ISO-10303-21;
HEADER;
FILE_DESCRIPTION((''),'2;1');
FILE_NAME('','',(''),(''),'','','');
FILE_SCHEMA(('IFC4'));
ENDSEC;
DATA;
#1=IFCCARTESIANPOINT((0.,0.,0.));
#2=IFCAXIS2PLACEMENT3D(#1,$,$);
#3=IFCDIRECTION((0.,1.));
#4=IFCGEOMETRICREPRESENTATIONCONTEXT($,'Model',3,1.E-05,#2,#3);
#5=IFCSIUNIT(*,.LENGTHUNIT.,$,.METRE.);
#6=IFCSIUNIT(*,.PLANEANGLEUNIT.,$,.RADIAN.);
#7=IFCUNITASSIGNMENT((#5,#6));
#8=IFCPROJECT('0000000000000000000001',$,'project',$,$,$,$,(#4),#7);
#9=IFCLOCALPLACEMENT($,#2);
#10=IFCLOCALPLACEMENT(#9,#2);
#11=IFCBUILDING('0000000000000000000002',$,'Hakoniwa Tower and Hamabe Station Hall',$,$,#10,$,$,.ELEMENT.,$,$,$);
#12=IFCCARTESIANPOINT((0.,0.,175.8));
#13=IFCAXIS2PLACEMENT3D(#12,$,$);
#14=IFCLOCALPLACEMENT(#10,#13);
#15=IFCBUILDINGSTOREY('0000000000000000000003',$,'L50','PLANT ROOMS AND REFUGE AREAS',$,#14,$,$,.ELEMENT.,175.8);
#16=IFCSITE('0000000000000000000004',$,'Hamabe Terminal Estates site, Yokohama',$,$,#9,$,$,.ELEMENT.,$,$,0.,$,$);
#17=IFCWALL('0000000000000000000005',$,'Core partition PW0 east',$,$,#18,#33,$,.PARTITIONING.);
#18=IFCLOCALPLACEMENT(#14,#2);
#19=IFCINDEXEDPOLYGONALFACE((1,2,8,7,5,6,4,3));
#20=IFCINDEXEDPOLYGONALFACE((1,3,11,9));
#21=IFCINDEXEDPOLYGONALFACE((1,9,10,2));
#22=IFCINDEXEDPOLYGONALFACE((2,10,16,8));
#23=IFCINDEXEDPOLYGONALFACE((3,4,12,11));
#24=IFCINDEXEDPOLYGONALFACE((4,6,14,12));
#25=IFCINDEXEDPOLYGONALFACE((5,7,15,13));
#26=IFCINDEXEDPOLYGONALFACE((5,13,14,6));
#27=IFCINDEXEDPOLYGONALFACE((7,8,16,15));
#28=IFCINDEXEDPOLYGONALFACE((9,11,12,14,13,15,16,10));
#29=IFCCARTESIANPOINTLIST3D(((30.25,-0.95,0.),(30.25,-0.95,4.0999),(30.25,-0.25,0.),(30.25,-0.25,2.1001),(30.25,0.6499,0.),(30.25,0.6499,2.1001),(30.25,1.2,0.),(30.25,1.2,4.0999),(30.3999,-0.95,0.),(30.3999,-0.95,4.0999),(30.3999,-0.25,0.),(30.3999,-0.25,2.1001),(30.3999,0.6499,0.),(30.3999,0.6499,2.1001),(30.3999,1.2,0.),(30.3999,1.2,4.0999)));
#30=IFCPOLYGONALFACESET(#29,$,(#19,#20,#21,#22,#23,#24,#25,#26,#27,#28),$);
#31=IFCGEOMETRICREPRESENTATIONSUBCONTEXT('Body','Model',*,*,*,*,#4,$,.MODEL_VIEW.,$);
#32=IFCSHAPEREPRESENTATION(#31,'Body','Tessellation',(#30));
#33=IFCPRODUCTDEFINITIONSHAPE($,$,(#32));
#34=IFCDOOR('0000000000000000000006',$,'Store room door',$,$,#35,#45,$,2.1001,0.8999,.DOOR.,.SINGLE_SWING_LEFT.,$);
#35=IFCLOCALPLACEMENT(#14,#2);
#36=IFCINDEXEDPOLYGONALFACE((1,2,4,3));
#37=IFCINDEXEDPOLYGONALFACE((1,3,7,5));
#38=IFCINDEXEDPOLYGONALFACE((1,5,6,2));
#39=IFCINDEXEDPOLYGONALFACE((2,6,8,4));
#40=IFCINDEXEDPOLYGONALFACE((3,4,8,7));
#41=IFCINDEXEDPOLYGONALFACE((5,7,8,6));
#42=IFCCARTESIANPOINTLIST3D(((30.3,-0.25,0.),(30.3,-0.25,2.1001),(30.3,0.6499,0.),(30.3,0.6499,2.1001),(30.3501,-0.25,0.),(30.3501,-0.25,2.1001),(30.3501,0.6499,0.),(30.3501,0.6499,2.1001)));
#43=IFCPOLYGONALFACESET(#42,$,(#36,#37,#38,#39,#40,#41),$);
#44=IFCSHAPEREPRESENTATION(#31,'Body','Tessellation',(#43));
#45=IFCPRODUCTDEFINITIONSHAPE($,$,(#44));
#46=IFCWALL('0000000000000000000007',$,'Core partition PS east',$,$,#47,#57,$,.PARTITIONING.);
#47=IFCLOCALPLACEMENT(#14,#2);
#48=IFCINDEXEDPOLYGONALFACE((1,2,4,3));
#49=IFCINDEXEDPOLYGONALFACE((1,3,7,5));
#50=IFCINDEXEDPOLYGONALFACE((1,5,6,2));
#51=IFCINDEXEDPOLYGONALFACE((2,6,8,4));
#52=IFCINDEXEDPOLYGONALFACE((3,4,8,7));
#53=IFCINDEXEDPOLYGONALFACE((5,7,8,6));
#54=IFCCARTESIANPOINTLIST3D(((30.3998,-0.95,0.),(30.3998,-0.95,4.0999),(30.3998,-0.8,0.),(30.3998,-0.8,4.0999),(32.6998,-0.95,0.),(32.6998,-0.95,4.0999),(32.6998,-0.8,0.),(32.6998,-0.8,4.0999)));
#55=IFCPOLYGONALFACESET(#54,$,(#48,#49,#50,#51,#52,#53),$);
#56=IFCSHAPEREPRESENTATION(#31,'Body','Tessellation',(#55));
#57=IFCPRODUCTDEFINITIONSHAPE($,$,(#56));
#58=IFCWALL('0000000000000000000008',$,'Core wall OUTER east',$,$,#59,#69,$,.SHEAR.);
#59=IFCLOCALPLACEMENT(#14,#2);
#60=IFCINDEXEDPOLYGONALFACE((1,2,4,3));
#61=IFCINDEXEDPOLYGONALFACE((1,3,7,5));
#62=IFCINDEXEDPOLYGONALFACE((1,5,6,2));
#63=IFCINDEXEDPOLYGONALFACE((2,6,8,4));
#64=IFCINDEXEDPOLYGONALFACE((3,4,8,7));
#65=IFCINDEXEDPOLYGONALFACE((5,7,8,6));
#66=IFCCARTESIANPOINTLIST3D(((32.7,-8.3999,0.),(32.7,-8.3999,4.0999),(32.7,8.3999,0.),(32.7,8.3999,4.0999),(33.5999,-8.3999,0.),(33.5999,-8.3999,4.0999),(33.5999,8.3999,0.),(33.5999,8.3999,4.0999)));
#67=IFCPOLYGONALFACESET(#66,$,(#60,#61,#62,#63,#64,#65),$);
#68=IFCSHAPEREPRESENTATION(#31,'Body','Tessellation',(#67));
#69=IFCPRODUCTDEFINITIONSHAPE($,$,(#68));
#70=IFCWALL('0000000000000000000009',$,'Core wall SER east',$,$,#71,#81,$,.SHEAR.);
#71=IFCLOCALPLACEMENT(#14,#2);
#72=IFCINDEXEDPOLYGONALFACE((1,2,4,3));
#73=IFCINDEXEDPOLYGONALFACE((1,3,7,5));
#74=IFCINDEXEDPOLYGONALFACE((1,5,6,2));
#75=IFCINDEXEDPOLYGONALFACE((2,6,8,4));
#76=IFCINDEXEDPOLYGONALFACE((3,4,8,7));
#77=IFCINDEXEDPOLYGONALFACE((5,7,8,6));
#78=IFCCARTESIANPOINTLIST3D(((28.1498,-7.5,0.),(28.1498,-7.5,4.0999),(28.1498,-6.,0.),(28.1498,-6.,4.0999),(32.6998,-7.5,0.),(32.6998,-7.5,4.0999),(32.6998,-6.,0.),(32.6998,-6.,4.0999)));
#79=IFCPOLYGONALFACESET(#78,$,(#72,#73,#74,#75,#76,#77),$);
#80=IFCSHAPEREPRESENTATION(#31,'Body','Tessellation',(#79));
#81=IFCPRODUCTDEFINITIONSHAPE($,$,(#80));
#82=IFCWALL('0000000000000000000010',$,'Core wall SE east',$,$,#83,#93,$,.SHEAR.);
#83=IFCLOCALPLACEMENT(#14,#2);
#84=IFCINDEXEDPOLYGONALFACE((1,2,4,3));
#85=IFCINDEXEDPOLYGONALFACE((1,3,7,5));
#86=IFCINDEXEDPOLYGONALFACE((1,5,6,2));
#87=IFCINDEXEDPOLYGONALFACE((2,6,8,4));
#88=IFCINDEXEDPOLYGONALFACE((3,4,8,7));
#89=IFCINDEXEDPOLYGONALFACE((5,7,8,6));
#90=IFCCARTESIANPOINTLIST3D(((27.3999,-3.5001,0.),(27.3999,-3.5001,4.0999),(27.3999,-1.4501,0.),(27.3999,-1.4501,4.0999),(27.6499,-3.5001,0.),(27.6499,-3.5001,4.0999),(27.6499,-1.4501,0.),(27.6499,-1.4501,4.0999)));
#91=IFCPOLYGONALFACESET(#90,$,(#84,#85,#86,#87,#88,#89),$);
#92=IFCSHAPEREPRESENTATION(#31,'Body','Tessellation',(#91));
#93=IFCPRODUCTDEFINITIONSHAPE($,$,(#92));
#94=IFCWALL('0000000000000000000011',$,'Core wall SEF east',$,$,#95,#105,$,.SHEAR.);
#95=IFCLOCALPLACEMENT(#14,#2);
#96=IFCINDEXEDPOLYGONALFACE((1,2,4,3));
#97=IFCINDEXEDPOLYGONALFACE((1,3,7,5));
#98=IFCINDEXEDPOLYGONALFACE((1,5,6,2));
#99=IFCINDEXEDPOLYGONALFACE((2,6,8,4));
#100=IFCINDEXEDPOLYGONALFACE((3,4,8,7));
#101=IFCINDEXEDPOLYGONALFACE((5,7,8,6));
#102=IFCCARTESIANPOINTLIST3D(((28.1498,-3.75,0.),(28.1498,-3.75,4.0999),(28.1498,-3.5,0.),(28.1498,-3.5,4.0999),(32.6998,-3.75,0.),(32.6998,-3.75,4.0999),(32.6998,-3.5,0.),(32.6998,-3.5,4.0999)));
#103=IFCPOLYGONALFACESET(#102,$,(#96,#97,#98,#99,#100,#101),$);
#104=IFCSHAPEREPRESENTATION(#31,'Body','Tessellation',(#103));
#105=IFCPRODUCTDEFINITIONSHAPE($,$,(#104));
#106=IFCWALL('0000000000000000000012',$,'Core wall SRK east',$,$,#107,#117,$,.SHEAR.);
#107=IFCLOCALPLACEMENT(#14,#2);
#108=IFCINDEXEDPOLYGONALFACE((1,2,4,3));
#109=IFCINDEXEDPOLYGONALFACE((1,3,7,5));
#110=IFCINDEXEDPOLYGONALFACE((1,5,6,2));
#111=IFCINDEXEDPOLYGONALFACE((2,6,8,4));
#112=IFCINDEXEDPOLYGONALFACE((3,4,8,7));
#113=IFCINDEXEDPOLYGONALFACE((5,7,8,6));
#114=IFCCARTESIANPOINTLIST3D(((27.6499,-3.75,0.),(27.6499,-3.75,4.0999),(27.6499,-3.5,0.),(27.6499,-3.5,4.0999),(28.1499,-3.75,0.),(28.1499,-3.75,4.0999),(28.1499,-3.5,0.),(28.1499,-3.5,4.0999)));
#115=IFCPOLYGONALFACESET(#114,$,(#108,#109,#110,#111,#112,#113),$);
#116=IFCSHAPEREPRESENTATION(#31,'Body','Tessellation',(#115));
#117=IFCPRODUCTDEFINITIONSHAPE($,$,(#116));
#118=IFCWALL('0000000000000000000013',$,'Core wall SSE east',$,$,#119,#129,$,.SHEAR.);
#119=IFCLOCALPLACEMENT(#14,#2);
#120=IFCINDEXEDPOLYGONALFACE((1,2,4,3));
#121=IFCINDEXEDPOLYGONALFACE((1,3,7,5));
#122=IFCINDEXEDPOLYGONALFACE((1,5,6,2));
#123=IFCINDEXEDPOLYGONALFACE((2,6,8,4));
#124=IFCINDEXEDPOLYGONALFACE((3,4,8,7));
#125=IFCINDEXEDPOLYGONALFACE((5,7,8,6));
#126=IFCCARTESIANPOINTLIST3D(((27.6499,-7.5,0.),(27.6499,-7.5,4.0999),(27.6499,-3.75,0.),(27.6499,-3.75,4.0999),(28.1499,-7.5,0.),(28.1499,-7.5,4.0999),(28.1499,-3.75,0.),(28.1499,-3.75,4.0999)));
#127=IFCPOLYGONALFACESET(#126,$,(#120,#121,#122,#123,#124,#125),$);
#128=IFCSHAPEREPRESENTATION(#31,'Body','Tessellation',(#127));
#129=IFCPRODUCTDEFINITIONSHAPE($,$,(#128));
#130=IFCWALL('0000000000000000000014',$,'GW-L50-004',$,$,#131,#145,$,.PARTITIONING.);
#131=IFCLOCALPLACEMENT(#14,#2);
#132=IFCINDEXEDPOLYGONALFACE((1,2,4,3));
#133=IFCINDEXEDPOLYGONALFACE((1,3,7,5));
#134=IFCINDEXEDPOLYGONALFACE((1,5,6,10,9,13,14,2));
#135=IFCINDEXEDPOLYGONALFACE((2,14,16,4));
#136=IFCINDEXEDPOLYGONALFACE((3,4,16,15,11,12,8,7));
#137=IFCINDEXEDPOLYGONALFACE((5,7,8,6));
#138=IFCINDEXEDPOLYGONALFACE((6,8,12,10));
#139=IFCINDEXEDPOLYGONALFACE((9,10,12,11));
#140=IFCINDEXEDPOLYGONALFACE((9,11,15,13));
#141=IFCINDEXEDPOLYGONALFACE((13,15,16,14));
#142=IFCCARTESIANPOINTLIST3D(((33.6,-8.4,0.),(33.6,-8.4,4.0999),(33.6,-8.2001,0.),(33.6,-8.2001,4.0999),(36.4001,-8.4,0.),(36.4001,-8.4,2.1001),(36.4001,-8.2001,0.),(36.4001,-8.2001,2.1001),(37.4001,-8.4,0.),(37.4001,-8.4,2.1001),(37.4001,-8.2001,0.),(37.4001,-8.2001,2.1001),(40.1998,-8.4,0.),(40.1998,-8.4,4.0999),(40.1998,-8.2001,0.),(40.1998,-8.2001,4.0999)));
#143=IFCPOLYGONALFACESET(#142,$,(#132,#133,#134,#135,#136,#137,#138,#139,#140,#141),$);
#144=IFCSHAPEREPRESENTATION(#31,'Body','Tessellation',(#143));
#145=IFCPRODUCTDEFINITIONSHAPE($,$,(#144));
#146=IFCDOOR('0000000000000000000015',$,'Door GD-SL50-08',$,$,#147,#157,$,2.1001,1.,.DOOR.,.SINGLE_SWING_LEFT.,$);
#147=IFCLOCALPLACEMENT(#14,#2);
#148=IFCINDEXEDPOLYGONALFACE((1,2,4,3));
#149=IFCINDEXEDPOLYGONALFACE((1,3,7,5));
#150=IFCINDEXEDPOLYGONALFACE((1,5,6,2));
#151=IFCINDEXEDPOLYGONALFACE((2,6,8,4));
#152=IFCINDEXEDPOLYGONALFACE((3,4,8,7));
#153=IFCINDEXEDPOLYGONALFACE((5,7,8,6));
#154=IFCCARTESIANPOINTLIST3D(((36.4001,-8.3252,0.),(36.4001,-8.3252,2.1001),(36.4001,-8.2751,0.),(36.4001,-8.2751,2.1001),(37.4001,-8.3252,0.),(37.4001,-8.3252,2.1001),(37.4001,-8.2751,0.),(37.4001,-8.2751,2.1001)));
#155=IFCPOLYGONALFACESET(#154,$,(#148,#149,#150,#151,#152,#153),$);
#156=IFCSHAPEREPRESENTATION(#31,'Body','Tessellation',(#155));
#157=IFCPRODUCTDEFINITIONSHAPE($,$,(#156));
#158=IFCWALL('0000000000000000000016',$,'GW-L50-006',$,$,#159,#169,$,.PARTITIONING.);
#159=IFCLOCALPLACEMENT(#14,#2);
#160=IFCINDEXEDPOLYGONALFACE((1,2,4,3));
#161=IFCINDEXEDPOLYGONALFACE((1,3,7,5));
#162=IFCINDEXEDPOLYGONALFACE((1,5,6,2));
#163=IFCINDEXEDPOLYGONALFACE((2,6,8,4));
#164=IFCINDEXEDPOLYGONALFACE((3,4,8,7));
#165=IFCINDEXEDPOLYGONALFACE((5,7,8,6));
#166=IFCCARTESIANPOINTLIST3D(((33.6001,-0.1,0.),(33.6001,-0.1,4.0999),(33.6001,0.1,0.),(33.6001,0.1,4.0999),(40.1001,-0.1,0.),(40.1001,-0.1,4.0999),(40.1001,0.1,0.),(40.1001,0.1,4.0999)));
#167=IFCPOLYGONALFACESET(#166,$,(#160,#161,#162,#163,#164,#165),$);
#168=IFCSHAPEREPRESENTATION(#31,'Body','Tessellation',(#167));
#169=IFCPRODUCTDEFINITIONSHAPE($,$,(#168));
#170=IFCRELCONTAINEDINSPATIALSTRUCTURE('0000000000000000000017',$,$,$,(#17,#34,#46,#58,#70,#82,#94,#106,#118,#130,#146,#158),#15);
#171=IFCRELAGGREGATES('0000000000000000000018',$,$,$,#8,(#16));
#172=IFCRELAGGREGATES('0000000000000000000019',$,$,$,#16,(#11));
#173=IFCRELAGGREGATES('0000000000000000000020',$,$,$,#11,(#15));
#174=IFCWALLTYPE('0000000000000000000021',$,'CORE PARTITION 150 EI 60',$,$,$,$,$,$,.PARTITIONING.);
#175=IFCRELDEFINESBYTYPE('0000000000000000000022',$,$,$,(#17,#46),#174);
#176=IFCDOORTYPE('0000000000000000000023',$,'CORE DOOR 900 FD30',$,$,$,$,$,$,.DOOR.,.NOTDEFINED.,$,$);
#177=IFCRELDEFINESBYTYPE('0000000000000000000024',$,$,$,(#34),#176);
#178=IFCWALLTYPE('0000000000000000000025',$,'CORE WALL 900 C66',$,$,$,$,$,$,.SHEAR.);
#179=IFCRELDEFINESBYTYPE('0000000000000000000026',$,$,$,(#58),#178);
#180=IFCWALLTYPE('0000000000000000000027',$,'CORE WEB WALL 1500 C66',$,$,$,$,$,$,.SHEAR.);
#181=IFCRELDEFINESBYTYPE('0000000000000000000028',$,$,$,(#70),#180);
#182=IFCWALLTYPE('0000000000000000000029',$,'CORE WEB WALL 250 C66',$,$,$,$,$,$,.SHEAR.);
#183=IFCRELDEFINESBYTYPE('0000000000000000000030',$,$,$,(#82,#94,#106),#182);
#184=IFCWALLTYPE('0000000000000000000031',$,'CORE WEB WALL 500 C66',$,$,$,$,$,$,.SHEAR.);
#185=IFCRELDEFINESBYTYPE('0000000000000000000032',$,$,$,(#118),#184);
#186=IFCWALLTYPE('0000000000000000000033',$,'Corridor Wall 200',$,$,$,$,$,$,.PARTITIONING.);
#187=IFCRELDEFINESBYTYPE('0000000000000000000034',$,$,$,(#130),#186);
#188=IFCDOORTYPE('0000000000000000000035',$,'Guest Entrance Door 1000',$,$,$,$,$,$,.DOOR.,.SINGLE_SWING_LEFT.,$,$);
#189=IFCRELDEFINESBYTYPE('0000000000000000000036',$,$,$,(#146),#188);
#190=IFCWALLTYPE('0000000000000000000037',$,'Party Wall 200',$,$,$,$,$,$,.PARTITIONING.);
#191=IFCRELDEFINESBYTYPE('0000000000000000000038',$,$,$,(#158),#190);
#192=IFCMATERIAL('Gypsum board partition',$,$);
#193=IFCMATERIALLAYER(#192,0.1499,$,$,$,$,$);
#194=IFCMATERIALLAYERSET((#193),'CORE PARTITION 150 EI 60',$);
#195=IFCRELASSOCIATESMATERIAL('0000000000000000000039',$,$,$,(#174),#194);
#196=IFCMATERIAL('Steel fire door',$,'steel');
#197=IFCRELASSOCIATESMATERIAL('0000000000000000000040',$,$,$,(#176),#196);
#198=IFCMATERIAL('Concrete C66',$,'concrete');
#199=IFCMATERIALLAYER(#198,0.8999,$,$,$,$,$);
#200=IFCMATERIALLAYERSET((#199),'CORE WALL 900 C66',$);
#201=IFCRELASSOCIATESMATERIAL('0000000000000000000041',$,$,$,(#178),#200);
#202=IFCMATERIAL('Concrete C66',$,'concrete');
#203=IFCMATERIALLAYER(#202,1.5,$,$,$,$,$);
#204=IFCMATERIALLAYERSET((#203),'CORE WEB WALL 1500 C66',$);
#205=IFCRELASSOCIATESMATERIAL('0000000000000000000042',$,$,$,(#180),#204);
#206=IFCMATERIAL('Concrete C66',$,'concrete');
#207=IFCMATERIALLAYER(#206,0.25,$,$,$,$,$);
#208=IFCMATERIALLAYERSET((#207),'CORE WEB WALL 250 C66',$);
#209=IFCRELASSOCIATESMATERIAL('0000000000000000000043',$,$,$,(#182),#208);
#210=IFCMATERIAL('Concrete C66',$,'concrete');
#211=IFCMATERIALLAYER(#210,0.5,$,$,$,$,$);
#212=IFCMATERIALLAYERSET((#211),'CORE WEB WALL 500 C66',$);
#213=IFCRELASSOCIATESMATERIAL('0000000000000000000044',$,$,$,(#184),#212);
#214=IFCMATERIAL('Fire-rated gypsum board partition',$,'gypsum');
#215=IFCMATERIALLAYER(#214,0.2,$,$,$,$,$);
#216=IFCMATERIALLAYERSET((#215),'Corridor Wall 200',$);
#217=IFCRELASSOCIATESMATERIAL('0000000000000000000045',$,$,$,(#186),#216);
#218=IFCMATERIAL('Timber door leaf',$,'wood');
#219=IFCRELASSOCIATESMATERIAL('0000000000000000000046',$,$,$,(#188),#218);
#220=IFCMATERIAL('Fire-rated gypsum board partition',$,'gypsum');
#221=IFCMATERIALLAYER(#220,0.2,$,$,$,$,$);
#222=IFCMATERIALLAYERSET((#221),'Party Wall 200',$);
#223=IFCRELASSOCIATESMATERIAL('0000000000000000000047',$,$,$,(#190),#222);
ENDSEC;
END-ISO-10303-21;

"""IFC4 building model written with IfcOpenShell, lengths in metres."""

from ifc_helpers import new_model, si_unit, direction, frame, frame_2d, origin, place, context, subcontext, project, spatial, rectangle, extrude, material, layer, layer_set, type_object, element, fill, save


model = new_model("IFC4")

# Units and contexts
model_context = context("Model", 3, precision=1e-05, world=origin(), true_north=direction((0.0, 1.0)))
body_context = subcontext(model_context, "Body", "Model", "MODEL_VIEW")
ifc_project = project(units=[si_unit("LENGTHUNIT", "METRE"), si_unit("PLANEANGLEUNIT", "RADIAN")], contexts=[model_context])

# Site, building, storey
site_placement = place(None, origin())
site = spatial("IfcSite", under=ifc_project, at=site_placement, Name="Hamabe Terminal Estates site, Yokohama", CompositionType="ELEMENT", RefElevation=0.0)
building_placement = place(site_placement, origin())
building = spatial("IfcBuilding", under=site, at=building_placement, Name="Hakoniwa Tower and Hamabe Station Hall", CompositionType="ELEMENT")
storey_placement = place(building_placement, frame((0.0, 0.0, 175.8)))
storey = spatial("IfcBuildingStorey", under=building, at=storey_placement, Name="L50", Description="PLANT ROOMS AND REFUGE AREAS", CompositionType="ELEMENT", Elevation=175.8)

# Wall, opening, door
ifc_material_1 = material(Name="Gypsum board partition")
ifc_layer_1 = layer(ifc_material_1, 0.1499)
ifc_layer_set_1 = layer_set([ifc_layer_1], Name="CORE PARTITION 150 EI 60")
wall_type_1 = type_object("IfcWallType", Name="CORE PARTITION 150 EI 60", PredefinedType="PARTITIONING", material=ifc_layer_set_1)
wall_1_placement = place(storey_placement, frame((30.325, -0.95, 0.0), z_axis=(0.0, 0.0, 1.0), x_axis=(0.0, 1.0, 0.0)))
wall_1 = element("IfcWall", 1, at=wall_1_placement, inside=storey, type_object=wall_type_1, Name="Core partition PW0 east", PredefinedType="PARTITIONING", context=body_context, shape_type="SweptSolid", body=[
    extrude(rectangle(XDim=2.1499, YDim=0.1499, at=frame_2d((1.075, 0.0))), origin(), (0.0, 0.0, 1.0), 4.0999),
])
opening_1_placement = place(wall_1_placement, frame((0.7, 0.0, 0.0)))
opening_1 = element("IfcOpeningElement", 2, at=opening_1_placement, cuts=wall_1, PredefinedType="OPENING", context=body_context, shape_type="SweptSolid", body=[
    extrude(rectangle(XDim=0.8999, YDim=2.1001, at=frame_2d((0.45, 1.05))), frame((0.0, 0.085, 0.0), z_axis=(0.0, -1.0, 0.0), x_axis=(1.0, 0.0, 0.0)), (0.0, 0.0, 1.0), 0.1699),
])
ifc_material_2 = material(Name="Steel fire door", Category="steel")
door_type_1 = type_object("IfcDoorType", Name="CORE DOOR 900 FD30", OperationType="NOTDEFINED", PredefinedType="DOOR", material=ifc_material_2)
door_1_placement = place(opening_1_placement, origin())
door_1 = element("IfcDoor", 3, at=door_1_placement, inside=storey, type_object=door_type_1, Name="Store room door", OperationType="SINGLE_SWING_LEFT", OverallHeight=2.1001, OverallWidth=0.8999, PredefinedType="DOOR", context=body_context, shape_type="SweptSolid", body=[
    extrude(rectangle(XDim=0.8999, YDim=2.1001, at=frame_2d((0.45, 1.05))), frame((0.0, 0.0249, 0.0), z_axis=(0.0, -1.0, 0.0), x_axis=(1.0, 0.0, 0.0)), (0.0, 0.0, 1.0), 0.05),
])
fill(opening_1, door_1)

# Walls
wall_2_placement = place(storey_placement, frame((30.3999, -0.875, 0.0), z_axis=(0.0, 0.0, 1.0), x_axis=(1.0, 0.0, 0.0)))
element("IfcWall", 4, at=wall_2_placement, inside=storey, type_object=wall_type_1, Name="Core partition PS east", PredefinedType="PARTITIONING", context=body_context, shape_type="SweptSolid", body=[
    extrude(rectangle(XDim=2.3, YDim=0.1499, at=frame_2d((1.1499, 0.0))), origin(), (0.0, 0.0, 1.0), 4.0999),
])
ifc_material_3 = material(Name="Concrete C66", Category="concrete")
ifc_layer_2 = layer(ifc_material_3, 0.8999)
ifc_layer_set_2 = layer_set([ifc_layer_2], Name="CORE WALL 900 C66")
wall_type_2 = type_object("IfcWallType", Name="CORE WALL 900 C66", PredefinedType="SHEAR", material=ifc_layer_set_2)
wall_3_placement = place(storey_placement, frame((33.1499, -8.3999, 0.0), z_axis=(0.0, 0.0, 1.0), x_axis=(0.0, 1.0, 0.0)))
element("IfcWall", 5, at=wall_3_placement, inside=storey, type_object=wall_type_2, Name="Core wall OUTER east", PredefinedType="SHEAR", context=body_context, shape_type="SweptSolid", body=[
    extrude(rectangle(XDim=16.7998, YDim=0.8999, at=frame_2d((8.3999, 0.0))), origin(), (0.0, 0.0, 1.0), 4.0999),
])
ifc_material_4 = material(Name="Concrete C66", Category="concrete")
ifc_layer_3 = layer(ifc_material_4, 1.5)
ifc_layer_set_3 = layer_set([ifc_layer_3], Name="CORE WEB WALL 1500 C66")
wall_type_3 = type_object("IfcWallType", Name="CORE WEB WALL 1500 C66", PredefinedType="SHEAR", material=ifc_layer_set_3)
wall_4_placement = place(storey_placement, frame((28.1499, -6.75, 0.0), z_axis=(0.0, 0.0, 1.0), x_axis=(1.0, 0.0, 0.0)))
element("IfcWall", 6, at=wall_4_placement, inside=storey, type_object=wall_type_3, Name="Core wall SER east", PredefinedType="SHEAR", context=body_context, shape_type="SweptSolid", body=[
    extrude(rectangle(XDim=4.55, YDim=1.5, at=frame_2d((2.2749, 0.0))), origin(), (0.0, 0.0, 1.0), 4.0999),
])
ifc_material_5 = material(Name="Concrete C66", Category="concrete")
ifc_layer_4 = layer(ifc_material_5, 0.25)
ifc_layer_set_4 = layer_set([ifc_layer_4], Name="CORE WEB WALL 250 C66")
wall_type_4 = type_object("IfcWallType", Name="CORE WEB WALL 250 C66", PredefinedType="SHEAR", material=ifc_layer_set_4)
wall_5_placement = place(storey_placement, frame((27.5249, -3.5, 0.0), z_axis=(0.0, 0.0, 1.0), x_axis=(0.0, 1.0, 0.0)))
element("IfcWall", 7, at=wall_5_placement, inside=storey, type_object=wall_type_4, Name="Core wall SE east", PredefinedType="SHEAR", context=body_context, shape_type="SweptSolid", body=[
    extrude(rectangle(XDim=2.05, YDim=0.25, at=frame_2d((1.0249, 0.0))), origin(), (0.0, 0.0, 1.0), 4.0999),
])
wall_6_placement = place(storey_placement, frame((28.1499, -3.625, 0.0), z_axis=(0.0, 0.0, 1.0), x_axis=(1.0, 0.0, 0.0)))
element("IfcWall", 8, at=wall_6_placement, inside=storey, type_object=wall_type_4, Name="Core wall SEF east", PredefinedType="SHEAR", context=body_context, shape_type="SweptSolid", body=[
    extrude(rectangle(XDim=4.55, YDim=0.25, at=frame_2d((2.2749, 0.0))), origin(), (0.0, 0.0, 1.0), 4.0999),
])
wall_7_placement = place(storey_placement, frame((27.6499, -3.625, 0.0), z_axis=(0.0, 0.0, 1.0), x_axis=(1.0, 0.0, 0.0)))
element("IfcWall", 9, at=wall_7_placement, inside=storey, type_object=wall_type_4, Name="Core wall SRK east", PredefinedType="SHEAR", context=body_context, shape_type="SweptSolid", body=[
    extrude(rectangle(XDim=0.5, YDim=0.25, at=frame_2d((0.25, 0.0))), origin(), (0.0, 0.0, 1.0), 4.0999),
])
ifc_material_6 = material(Name="Concrete C66", Category="concrete")
ifc_layer_5 = layer(ifc_material_6, 0.5)
ifc_layer_set_5 = layer_set([ifc_layer_5], Name="CORE WEB WALL 500 C66")
wall_type_5 = type_object("IfcWallType", Name="CORE WEB WALL 500 C66", PredefinedType="SHEAR", material=ifc_layer_set_5)
wall_8_placement = place(storey_placement, frame((27.8999, -7.5, 0.0), z_axis=(0.0, 0.0, 1.0), x_axis=(0.0, 1.0, 0.0)))
element("IfcWall", 10, at=wall_8_placement, inside=storey, type_object=wall_type_5, Name="Core wall SSE east", PredefinedType="SHEAR", context=body_context, shape_type="SweptSolid", body=[
    extrude(rectangle(XDim=3.75, YDim=0.5, at=frame_2d((1.875, 0.0))), origin(), (0.0, 0.0, 1.0), 4.0999),
])

# Wall, opening, door
ifc_material_7 = material(Name="Fire-rated gypsum board partition", Category="gypsum")
ifc_layer_6 = layer(ifc_material_7, 0.2)
ifc_layer_set_6 = layer_set([ifc_layer_6], Name="Corridor Wall 200")
wall_type_6 = type_object("IfcWallType", Name="Corridor Wall 200", PredefinedType="PARTITIONING", material=ifc_layer_set_6)
wall_9_placement = place(storey_placement, frame((33.6001, -8.3, 0.0), z_axis=(0.0, 0.0, 1.0), x_axis=(1.0, 0.0, 0.0)))
wall_9 = element("IfcWall", 11, at=wall_9_placement, inside=storey, type_object=wall_type_6, Name="GW-L50-004", PredefinedType="PARTITIONING", context=body_context, shape_type="SweptSolid", body=[
    extrude(rectangle(XDim=6.5999, YDim=0.2, at=frame_2d((3.2998, 0.0))), origin(), (0.0, 0.0, 1.0), 4.0999),
])
opening_2_placement = place(wall_9_placement, frame((2.8, 0.0, 0.0)))
opening_2 = element("IfcOpeningElement", 12, at=opening_2_placement, cuts=wall_9, PredefinedType="OPENING", context=body_context, shape_type="SweptSolid", body=[
    extrude(rectangle(XDim=1.0, YDim=2.1001, at=frame_2d((0.5, 1.05))), frame((0.0, 0.1099, 0.0), z_axis=(0.0, -1.0, 0.0), x_axis=(1.0, 0.0, 0.0)), (0.0, 0.0, 1.0), 0.22),
])
ifc_material_8 = material(Name="Timber door leaf", Category="wood")
door_type_2 = type_object("IfcDoorType", Name="Guest Entrance Door 1000", OperationType="SINGLE_SWING_LEFT", PredefinedType="DOOR", material=ifc_material_8)
door_2_placement = place(opening_2_placement, origin())
door_2 = element("IfcDoor", 13, at=door_2_placement, inside=storey, type_object=door_type_2, Name="Door GD-SL50-08", OperationType="SINGLE_SWING_LEFT", OverallHeight=2.1001, OverallWidth=1.0, PredefinedType="DOOR", context=body_context, shape_type="SweptSolid", body=[
    extrude(rectangle(XDim=1.0, YDim=2.1001, at=frame_2d((0.5, 1.05))), frame((0.0, 0.0249, 0.0), z_axis=(0.0, -1.0, 0.0), x_axis=(1.0, 0.0, 0.0)), (0.0, 0.0, 1.0), 0.05),
])
fill(opening_2, door_2)

# Wall
ifc_material_9 = material(Name="Fire-rated gypsum board partition", Category="gypsum")
ifc_layer_7 = layer(ifc_material_9, 0.2)
ifc_layer_set_7 = layer_set([ifc_layer_7], Name="Party Wall 200")
wall_type_7 = type_object("IfcWallType", Name="Party Wall 200", PredefinedType="PARTITIONING", material=ifc_layer_set_7)
wall_10_placement = place(storey_placement, frame((33.6001, 0.0, 0.0), z_axis=(0.0, 0.0, 1.0), x_axis=(1.0, 0.0, 0.0)))
element("IfcWall", 14, at=wall_10_placement, inside=storey, type_object=wall_type_7, Name="GW-L50-006", PredefinedType="PARTITIONING", context=body_context, shape_type="SweptSolid", body=[
    extrude(rectangle(XDim=6.5, YDim=0.2, at=frame_2d((3.25, 0.0))), origin(), (0.0, 0.0, 1.0), 4.0999),
])

save(model, "model.ifc")
